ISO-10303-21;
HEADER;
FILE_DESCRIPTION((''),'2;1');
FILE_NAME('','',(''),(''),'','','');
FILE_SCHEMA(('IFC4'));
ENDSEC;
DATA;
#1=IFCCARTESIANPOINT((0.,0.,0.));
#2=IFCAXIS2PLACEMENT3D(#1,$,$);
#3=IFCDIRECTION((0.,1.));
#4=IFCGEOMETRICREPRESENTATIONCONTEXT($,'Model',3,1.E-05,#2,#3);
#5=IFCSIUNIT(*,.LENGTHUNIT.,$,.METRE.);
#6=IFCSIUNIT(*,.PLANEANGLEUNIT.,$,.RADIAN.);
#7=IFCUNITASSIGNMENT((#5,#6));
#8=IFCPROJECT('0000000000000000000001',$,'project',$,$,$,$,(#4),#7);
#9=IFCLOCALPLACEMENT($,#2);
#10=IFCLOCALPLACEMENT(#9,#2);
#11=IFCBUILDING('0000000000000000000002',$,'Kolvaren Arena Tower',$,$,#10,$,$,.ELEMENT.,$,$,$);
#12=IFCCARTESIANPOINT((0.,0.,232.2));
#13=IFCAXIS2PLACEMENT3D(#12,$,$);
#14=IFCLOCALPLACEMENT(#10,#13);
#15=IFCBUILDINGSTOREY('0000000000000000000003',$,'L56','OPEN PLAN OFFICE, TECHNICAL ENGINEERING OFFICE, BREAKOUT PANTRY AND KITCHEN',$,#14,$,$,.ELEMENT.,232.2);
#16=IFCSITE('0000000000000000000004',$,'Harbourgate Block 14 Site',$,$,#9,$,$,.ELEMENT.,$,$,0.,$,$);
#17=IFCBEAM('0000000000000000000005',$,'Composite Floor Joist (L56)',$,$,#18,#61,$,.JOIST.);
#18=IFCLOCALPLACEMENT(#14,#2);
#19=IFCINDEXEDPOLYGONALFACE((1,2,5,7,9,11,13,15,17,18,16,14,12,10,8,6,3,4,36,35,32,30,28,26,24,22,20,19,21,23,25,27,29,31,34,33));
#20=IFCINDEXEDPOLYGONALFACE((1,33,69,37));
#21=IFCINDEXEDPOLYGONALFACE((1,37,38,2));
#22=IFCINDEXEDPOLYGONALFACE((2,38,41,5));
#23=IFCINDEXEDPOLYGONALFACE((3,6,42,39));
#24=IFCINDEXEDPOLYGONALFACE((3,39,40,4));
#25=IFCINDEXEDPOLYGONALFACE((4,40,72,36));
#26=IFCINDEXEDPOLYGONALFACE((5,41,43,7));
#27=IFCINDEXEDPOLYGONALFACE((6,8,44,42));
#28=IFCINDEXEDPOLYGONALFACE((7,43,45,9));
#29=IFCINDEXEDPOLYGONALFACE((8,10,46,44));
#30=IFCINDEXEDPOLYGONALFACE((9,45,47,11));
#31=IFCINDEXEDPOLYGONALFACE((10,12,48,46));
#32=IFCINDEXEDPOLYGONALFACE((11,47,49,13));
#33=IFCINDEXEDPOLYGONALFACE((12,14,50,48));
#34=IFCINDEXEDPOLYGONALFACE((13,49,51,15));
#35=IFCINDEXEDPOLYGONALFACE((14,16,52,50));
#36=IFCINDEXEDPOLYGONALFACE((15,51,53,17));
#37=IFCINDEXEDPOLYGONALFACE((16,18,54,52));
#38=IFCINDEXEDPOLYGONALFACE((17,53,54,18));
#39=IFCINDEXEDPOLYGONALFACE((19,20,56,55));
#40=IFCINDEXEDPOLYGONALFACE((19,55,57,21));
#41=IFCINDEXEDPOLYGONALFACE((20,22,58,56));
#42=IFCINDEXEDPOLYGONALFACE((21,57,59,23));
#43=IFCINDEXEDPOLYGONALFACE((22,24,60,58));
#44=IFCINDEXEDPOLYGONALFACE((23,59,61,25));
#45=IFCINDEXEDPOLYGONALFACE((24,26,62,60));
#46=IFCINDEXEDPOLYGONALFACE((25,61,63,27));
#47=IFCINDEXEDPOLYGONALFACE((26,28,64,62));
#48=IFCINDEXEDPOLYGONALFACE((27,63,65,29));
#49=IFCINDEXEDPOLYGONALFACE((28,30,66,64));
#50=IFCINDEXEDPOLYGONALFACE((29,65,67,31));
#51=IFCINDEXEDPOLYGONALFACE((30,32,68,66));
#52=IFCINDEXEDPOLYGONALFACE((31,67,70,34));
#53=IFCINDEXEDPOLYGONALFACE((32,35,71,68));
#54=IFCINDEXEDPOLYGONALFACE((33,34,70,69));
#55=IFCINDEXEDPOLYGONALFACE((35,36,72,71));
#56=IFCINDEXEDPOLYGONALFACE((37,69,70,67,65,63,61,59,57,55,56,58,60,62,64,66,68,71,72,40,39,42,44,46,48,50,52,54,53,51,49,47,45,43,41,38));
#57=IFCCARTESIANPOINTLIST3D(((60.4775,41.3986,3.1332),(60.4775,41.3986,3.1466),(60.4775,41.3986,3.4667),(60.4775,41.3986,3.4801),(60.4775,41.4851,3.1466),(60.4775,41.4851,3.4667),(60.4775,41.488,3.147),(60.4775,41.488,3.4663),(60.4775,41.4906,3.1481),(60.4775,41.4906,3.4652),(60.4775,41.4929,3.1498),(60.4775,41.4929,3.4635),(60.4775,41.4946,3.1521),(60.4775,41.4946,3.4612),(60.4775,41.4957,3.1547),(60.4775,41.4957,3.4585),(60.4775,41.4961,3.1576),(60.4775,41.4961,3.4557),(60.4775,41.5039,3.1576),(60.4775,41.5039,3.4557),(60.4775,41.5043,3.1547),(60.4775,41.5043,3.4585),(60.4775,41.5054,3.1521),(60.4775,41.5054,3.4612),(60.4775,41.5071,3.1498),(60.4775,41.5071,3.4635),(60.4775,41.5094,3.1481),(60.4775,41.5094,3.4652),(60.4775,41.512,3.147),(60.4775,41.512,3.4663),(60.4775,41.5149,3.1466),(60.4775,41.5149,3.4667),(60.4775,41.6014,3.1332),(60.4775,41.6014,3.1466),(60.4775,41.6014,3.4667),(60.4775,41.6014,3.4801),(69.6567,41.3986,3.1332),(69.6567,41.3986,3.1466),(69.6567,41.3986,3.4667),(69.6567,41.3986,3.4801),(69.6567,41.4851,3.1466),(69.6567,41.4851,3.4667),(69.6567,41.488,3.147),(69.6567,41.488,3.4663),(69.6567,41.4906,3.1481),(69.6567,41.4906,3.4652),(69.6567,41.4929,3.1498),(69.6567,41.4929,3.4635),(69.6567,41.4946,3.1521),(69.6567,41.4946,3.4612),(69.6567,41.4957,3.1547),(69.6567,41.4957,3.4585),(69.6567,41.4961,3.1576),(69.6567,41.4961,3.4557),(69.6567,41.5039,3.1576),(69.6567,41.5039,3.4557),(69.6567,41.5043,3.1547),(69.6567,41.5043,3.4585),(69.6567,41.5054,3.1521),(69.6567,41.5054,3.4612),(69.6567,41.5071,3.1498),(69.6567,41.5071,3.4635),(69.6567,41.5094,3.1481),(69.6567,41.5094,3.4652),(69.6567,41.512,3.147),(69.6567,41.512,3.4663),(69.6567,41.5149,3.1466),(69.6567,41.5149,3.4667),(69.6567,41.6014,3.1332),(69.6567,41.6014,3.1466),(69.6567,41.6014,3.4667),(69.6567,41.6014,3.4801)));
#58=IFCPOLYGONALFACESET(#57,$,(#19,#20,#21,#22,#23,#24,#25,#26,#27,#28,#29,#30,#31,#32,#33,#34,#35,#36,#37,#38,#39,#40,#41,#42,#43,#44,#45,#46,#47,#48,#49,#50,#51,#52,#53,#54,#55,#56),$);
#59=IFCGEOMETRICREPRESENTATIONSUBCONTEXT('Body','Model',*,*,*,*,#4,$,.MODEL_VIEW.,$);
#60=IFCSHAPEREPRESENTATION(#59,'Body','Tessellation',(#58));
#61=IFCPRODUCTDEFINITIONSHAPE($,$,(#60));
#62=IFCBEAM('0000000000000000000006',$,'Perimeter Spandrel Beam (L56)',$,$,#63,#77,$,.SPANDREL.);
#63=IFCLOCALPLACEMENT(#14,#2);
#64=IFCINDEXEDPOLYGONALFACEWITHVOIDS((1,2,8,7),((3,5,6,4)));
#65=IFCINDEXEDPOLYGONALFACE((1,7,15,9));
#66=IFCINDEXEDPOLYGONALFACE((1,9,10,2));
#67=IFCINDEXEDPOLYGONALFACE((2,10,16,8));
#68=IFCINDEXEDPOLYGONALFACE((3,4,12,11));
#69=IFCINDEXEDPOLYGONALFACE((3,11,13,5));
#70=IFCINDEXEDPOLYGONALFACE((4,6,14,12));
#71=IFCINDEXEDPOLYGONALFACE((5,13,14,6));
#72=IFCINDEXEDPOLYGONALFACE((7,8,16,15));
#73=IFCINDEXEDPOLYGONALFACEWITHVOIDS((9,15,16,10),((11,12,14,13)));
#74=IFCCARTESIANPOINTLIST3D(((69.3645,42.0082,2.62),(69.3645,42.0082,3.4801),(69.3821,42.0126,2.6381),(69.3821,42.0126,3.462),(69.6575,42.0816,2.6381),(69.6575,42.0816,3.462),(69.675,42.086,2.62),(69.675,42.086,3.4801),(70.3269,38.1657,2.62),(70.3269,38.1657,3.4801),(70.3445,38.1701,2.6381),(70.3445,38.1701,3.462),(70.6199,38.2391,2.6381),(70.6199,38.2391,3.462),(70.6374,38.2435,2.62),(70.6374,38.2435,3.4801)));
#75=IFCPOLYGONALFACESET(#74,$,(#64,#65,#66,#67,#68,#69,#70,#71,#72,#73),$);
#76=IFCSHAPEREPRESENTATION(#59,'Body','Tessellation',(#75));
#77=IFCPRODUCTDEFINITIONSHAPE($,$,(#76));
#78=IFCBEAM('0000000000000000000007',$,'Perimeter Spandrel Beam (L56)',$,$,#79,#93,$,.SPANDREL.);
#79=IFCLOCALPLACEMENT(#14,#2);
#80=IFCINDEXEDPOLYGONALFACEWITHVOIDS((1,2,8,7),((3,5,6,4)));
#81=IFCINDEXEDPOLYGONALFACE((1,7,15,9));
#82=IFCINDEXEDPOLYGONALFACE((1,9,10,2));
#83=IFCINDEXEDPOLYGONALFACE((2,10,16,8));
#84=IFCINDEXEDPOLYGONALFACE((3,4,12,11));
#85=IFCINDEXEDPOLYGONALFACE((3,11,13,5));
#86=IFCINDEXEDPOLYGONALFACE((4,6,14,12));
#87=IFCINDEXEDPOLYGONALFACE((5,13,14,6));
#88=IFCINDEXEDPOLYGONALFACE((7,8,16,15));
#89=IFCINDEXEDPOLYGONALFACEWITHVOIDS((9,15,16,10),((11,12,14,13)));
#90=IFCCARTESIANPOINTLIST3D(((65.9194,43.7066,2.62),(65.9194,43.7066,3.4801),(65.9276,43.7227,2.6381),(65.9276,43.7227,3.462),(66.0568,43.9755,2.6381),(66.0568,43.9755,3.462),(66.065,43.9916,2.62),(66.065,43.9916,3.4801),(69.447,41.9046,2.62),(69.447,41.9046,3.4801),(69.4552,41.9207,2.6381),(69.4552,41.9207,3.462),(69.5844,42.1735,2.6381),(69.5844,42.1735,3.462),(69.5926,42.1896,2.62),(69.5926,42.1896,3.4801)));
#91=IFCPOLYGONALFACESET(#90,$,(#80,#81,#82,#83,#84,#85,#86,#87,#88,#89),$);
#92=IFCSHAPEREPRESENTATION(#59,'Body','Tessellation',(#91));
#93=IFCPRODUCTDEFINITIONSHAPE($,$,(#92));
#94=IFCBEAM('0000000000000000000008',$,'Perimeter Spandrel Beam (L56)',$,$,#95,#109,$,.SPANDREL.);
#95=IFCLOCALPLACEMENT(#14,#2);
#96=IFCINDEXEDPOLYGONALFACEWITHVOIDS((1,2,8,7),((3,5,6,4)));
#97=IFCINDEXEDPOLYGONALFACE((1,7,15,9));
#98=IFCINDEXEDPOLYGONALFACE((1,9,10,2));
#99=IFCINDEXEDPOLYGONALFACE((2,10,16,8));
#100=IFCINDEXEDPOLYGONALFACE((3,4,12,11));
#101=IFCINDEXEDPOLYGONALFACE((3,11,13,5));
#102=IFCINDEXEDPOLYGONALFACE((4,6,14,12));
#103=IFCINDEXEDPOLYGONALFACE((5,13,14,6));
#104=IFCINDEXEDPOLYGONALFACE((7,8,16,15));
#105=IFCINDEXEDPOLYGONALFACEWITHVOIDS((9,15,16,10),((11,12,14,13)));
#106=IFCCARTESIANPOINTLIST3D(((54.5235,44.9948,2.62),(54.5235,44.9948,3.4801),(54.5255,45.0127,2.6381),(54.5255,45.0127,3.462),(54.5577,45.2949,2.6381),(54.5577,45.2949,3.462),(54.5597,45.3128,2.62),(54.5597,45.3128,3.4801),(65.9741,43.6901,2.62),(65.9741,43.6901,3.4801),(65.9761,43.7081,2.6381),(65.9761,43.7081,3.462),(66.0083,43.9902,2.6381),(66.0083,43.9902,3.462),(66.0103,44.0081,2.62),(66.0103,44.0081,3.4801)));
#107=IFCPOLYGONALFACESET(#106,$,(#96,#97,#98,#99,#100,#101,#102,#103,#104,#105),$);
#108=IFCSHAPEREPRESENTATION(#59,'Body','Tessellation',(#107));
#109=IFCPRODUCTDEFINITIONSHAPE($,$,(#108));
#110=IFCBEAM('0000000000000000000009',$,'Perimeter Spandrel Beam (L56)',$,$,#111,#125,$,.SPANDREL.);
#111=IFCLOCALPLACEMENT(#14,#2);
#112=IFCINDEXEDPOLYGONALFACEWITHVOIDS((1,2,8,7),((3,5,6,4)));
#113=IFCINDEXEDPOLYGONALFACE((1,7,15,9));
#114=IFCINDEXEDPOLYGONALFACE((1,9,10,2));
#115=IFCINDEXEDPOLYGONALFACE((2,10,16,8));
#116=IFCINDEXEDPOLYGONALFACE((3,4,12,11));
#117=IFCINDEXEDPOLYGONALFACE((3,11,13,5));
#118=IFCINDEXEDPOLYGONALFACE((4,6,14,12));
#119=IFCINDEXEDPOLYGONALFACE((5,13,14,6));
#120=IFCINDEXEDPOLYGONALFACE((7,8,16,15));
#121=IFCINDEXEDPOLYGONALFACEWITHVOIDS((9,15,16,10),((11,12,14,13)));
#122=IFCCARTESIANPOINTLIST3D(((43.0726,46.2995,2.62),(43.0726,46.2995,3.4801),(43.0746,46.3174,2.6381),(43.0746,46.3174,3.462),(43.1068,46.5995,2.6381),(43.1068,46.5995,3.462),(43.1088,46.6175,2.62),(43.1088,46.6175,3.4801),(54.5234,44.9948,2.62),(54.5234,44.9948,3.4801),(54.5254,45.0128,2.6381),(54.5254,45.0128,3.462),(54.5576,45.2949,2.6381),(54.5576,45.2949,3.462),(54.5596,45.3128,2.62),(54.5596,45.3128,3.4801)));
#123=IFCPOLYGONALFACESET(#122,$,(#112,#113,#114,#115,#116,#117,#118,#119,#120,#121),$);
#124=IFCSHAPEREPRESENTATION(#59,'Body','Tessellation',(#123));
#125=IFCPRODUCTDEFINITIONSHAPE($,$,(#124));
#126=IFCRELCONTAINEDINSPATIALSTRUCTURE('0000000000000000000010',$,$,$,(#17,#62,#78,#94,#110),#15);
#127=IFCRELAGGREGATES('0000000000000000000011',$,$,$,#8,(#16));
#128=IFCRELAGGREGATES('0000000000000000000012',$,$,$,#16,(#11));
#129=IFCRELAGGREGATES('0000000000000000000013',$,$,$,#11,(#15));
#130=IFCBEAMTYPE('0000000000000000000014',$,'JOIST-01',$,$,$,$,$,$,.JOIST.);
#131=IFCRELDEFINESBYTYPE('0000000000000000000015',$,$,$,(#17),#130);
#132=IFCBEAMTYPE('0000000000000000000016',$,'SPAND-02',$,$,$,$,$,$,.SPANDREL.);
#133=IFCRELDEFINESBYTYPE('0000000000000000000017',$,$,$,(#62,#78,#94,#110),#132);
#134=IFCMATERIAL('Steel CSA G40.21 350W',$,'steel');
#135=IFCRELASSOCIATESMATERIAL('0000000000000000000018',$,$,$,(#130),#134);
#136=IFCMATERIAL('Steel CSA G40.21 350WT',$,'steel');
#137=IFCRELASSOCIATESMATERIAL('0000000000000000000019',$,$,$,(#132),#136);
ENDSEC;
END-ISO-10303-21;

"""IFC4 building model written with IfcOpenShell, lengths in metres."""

from ifc_helpers import new_model, si_unit, direction, frame, origin, origin_2d, place, context, subcontext, project, spatial, hollow_rectangle, i_section, extrude, material, material_profile, profile_set, type_object, element, save


model = new_model("IFC4")

# Units and contexts
model_context = context("Model", 3, precision=1e-05, world=origin(), true_north=direction((0.0, 1.0)))
body_context = subcontext(model_context, "Body", "Model", "MODEL_VIEW")
ifc_project = project(units=[si_unit("LENGTHUNIT", "METRE"), si_unit("PLANEANGLEUNIT", "RADIAN")], contexts=[model_context])

# Site, building, storey
site_placement = place(None, origin())
site = spatial("IfcSite", under=ifc_project, at=site_placement, Name="Harbourgate Block 14 Site", CompositionType="ELEMENT", RefElevation=0.0)
building_placement = place(site_placement, origin())
building = spatial("IfcBuilding", under=site, at=building_placement, Name="Kolvaren Arena Tower", CompositionType="ELEMENT")
storey_placement = place(building_placement, frame((0.0, 0.0, 232.2)))
storey = spatial("IfcBuildingStorey", under=building, at=storey_placement, Name="L56", Description="OPEN PLAN OFFICE, TECHNICAL ENGINEERING OFFICE, BREAKOUT PANTRY AND KITCHEN", CompositionType="ELEMENT", Elevation=232.2)

# Beams
ifc_material_1 = material(Name="Steel CSA G40.21 350W", Category="steel")
ifc_material_profile_1 = material_profile(ifc_material_1, i_section(OverallWidth=0.2029, OverallDepth=0.3469, WebThickness=0.0078, FlangeThickness=0.0134, FilletRadius=0.011, at=origin_2d()), Name="W360x64")
ifc_profile_set_1 = profile_set([ifc_material_profile_1], Name="Steel CSA G40.21 350W")
beam_type_1 = type_object("IfcBeamType", Name="JOIST-01", PredefinedType="JOIST", material=ifc_profile_set_1)
beam_1_placement = place(storey_placement, frame((60.4775, 41.5, 3.3066), z_axis=(1.0, 0.0, 0.0), x_axis=(0.0, 1.0, 0.0)))
element("IfcBeam", 1, at=beam_1_placement, inside=storey, type_object=beam_type_1, Name="Composite Floor Joist (L56)", PredefinedType="JOIST", context=body_context, shape_type="SweptSolid", body=[
    extrude(i_section(OverallWidth=0.2029, OverallDepth=0.3469, WebThickness=0.0078, FlangeThickness=0.0134, FilletRadius=0.011, at=origin_2d()), origin(), (0.0, 0.0, 1.0), 9.1792),
])
ifc_material_2 = material(Name="Steel CSA G40.21 350WT", Category="steel")
ifc_material_profile_2 = material_profile(ifc_material_2, hollow_rectangle(XDim=0.3201, YDim=0.8601, WallThickness=0.0181, at=origin_2d()), Name="HSS 860x320x18")
ifc_profile_set_2 = profile_set([ifc_material_profile_2], Name="Steel CSA G40.21 350WT")
beam_type_2 = type_object("IfcBeamType", Name="SPAND-02", PredefinedType="SPANDREL", material=ifc_profile_set_2)
for number, where, z_axis, x_axis, name in (
    (2, (70.4822, 38.2046, 3.05), (-0.242956, 0.970037, 0.0), (-0.970037, -0.242956, 0.0), "Perimeter Spandrel Beam (L56)"),
    (3, (69.5198, 42.0471, 3.05), (-0.890536, 0.454913, 0.0), (-0.454913, -0.890536, 0.0), "Perimeter Spandrel Beam (L56)"),
):
    element("IfcBeam", number, at=place(storey_placement, frame(where, z_axis=z_axis, x_axis=x_axis)), inside=storey, type_object=beam_type_2, Name=name, PredefinedType="SPANDREL", context=body_context, shape_type="SweptSolid", body=[
        extrude(hollow_rectangle(XDim=0.3201, YDim=0.8601, WallThickness=0.0181, at=origin_2d()), origin(), (0.0, 0.0, 1.0), 3.9612),
    ])
beam_2_placement = place(storey_placement, frame((65.9922, 43.8491, 3.05), z_axis=(-0.993571, 0.113207, 0.0), x_axis=(-0.113207, -0.993571, 0.0)))
element("IfcBeam", 4, at=beam_2_placement, inside=storey, type_object=beam_type_2, Name="Perimeter Spandrel Beam (L56)", PredefinedType="SPANDREL", context=body_context, shape_type="SweptSolid", body=[
    extrude(hollow_rectangle(XDim=0.3201, YDim=0.8601, WallThickness=0.0181, at=origin_2d()), origin(), (0.0, 0.0, 1.0), 11.5247),
])
beam_3_placement = place(storey_placement, frame((54.5415, 45.1538, 3.05), z_axis=(-0.993572, 0.113205, 0.0), x_axis=(-0.113205, -0.993572, 0.0)))
element("IfcBeam", 5, at=beam_3_placement, inside=storey, type_object=beam_type_2, Name="Perimeter Spandrel Beam (L56)", PredefinedType="SPANDREL", context=body_context, shape_type="SweptSolid", body=[
    extrude(hollow_rectangle(XDim=0.3201, YDim=0.8601, WallThickness=0.0181, at=origin_2d()), origin(), (0.0, 0.0, 1.0), 11.5249),
])

save(model, "model.ifc")
